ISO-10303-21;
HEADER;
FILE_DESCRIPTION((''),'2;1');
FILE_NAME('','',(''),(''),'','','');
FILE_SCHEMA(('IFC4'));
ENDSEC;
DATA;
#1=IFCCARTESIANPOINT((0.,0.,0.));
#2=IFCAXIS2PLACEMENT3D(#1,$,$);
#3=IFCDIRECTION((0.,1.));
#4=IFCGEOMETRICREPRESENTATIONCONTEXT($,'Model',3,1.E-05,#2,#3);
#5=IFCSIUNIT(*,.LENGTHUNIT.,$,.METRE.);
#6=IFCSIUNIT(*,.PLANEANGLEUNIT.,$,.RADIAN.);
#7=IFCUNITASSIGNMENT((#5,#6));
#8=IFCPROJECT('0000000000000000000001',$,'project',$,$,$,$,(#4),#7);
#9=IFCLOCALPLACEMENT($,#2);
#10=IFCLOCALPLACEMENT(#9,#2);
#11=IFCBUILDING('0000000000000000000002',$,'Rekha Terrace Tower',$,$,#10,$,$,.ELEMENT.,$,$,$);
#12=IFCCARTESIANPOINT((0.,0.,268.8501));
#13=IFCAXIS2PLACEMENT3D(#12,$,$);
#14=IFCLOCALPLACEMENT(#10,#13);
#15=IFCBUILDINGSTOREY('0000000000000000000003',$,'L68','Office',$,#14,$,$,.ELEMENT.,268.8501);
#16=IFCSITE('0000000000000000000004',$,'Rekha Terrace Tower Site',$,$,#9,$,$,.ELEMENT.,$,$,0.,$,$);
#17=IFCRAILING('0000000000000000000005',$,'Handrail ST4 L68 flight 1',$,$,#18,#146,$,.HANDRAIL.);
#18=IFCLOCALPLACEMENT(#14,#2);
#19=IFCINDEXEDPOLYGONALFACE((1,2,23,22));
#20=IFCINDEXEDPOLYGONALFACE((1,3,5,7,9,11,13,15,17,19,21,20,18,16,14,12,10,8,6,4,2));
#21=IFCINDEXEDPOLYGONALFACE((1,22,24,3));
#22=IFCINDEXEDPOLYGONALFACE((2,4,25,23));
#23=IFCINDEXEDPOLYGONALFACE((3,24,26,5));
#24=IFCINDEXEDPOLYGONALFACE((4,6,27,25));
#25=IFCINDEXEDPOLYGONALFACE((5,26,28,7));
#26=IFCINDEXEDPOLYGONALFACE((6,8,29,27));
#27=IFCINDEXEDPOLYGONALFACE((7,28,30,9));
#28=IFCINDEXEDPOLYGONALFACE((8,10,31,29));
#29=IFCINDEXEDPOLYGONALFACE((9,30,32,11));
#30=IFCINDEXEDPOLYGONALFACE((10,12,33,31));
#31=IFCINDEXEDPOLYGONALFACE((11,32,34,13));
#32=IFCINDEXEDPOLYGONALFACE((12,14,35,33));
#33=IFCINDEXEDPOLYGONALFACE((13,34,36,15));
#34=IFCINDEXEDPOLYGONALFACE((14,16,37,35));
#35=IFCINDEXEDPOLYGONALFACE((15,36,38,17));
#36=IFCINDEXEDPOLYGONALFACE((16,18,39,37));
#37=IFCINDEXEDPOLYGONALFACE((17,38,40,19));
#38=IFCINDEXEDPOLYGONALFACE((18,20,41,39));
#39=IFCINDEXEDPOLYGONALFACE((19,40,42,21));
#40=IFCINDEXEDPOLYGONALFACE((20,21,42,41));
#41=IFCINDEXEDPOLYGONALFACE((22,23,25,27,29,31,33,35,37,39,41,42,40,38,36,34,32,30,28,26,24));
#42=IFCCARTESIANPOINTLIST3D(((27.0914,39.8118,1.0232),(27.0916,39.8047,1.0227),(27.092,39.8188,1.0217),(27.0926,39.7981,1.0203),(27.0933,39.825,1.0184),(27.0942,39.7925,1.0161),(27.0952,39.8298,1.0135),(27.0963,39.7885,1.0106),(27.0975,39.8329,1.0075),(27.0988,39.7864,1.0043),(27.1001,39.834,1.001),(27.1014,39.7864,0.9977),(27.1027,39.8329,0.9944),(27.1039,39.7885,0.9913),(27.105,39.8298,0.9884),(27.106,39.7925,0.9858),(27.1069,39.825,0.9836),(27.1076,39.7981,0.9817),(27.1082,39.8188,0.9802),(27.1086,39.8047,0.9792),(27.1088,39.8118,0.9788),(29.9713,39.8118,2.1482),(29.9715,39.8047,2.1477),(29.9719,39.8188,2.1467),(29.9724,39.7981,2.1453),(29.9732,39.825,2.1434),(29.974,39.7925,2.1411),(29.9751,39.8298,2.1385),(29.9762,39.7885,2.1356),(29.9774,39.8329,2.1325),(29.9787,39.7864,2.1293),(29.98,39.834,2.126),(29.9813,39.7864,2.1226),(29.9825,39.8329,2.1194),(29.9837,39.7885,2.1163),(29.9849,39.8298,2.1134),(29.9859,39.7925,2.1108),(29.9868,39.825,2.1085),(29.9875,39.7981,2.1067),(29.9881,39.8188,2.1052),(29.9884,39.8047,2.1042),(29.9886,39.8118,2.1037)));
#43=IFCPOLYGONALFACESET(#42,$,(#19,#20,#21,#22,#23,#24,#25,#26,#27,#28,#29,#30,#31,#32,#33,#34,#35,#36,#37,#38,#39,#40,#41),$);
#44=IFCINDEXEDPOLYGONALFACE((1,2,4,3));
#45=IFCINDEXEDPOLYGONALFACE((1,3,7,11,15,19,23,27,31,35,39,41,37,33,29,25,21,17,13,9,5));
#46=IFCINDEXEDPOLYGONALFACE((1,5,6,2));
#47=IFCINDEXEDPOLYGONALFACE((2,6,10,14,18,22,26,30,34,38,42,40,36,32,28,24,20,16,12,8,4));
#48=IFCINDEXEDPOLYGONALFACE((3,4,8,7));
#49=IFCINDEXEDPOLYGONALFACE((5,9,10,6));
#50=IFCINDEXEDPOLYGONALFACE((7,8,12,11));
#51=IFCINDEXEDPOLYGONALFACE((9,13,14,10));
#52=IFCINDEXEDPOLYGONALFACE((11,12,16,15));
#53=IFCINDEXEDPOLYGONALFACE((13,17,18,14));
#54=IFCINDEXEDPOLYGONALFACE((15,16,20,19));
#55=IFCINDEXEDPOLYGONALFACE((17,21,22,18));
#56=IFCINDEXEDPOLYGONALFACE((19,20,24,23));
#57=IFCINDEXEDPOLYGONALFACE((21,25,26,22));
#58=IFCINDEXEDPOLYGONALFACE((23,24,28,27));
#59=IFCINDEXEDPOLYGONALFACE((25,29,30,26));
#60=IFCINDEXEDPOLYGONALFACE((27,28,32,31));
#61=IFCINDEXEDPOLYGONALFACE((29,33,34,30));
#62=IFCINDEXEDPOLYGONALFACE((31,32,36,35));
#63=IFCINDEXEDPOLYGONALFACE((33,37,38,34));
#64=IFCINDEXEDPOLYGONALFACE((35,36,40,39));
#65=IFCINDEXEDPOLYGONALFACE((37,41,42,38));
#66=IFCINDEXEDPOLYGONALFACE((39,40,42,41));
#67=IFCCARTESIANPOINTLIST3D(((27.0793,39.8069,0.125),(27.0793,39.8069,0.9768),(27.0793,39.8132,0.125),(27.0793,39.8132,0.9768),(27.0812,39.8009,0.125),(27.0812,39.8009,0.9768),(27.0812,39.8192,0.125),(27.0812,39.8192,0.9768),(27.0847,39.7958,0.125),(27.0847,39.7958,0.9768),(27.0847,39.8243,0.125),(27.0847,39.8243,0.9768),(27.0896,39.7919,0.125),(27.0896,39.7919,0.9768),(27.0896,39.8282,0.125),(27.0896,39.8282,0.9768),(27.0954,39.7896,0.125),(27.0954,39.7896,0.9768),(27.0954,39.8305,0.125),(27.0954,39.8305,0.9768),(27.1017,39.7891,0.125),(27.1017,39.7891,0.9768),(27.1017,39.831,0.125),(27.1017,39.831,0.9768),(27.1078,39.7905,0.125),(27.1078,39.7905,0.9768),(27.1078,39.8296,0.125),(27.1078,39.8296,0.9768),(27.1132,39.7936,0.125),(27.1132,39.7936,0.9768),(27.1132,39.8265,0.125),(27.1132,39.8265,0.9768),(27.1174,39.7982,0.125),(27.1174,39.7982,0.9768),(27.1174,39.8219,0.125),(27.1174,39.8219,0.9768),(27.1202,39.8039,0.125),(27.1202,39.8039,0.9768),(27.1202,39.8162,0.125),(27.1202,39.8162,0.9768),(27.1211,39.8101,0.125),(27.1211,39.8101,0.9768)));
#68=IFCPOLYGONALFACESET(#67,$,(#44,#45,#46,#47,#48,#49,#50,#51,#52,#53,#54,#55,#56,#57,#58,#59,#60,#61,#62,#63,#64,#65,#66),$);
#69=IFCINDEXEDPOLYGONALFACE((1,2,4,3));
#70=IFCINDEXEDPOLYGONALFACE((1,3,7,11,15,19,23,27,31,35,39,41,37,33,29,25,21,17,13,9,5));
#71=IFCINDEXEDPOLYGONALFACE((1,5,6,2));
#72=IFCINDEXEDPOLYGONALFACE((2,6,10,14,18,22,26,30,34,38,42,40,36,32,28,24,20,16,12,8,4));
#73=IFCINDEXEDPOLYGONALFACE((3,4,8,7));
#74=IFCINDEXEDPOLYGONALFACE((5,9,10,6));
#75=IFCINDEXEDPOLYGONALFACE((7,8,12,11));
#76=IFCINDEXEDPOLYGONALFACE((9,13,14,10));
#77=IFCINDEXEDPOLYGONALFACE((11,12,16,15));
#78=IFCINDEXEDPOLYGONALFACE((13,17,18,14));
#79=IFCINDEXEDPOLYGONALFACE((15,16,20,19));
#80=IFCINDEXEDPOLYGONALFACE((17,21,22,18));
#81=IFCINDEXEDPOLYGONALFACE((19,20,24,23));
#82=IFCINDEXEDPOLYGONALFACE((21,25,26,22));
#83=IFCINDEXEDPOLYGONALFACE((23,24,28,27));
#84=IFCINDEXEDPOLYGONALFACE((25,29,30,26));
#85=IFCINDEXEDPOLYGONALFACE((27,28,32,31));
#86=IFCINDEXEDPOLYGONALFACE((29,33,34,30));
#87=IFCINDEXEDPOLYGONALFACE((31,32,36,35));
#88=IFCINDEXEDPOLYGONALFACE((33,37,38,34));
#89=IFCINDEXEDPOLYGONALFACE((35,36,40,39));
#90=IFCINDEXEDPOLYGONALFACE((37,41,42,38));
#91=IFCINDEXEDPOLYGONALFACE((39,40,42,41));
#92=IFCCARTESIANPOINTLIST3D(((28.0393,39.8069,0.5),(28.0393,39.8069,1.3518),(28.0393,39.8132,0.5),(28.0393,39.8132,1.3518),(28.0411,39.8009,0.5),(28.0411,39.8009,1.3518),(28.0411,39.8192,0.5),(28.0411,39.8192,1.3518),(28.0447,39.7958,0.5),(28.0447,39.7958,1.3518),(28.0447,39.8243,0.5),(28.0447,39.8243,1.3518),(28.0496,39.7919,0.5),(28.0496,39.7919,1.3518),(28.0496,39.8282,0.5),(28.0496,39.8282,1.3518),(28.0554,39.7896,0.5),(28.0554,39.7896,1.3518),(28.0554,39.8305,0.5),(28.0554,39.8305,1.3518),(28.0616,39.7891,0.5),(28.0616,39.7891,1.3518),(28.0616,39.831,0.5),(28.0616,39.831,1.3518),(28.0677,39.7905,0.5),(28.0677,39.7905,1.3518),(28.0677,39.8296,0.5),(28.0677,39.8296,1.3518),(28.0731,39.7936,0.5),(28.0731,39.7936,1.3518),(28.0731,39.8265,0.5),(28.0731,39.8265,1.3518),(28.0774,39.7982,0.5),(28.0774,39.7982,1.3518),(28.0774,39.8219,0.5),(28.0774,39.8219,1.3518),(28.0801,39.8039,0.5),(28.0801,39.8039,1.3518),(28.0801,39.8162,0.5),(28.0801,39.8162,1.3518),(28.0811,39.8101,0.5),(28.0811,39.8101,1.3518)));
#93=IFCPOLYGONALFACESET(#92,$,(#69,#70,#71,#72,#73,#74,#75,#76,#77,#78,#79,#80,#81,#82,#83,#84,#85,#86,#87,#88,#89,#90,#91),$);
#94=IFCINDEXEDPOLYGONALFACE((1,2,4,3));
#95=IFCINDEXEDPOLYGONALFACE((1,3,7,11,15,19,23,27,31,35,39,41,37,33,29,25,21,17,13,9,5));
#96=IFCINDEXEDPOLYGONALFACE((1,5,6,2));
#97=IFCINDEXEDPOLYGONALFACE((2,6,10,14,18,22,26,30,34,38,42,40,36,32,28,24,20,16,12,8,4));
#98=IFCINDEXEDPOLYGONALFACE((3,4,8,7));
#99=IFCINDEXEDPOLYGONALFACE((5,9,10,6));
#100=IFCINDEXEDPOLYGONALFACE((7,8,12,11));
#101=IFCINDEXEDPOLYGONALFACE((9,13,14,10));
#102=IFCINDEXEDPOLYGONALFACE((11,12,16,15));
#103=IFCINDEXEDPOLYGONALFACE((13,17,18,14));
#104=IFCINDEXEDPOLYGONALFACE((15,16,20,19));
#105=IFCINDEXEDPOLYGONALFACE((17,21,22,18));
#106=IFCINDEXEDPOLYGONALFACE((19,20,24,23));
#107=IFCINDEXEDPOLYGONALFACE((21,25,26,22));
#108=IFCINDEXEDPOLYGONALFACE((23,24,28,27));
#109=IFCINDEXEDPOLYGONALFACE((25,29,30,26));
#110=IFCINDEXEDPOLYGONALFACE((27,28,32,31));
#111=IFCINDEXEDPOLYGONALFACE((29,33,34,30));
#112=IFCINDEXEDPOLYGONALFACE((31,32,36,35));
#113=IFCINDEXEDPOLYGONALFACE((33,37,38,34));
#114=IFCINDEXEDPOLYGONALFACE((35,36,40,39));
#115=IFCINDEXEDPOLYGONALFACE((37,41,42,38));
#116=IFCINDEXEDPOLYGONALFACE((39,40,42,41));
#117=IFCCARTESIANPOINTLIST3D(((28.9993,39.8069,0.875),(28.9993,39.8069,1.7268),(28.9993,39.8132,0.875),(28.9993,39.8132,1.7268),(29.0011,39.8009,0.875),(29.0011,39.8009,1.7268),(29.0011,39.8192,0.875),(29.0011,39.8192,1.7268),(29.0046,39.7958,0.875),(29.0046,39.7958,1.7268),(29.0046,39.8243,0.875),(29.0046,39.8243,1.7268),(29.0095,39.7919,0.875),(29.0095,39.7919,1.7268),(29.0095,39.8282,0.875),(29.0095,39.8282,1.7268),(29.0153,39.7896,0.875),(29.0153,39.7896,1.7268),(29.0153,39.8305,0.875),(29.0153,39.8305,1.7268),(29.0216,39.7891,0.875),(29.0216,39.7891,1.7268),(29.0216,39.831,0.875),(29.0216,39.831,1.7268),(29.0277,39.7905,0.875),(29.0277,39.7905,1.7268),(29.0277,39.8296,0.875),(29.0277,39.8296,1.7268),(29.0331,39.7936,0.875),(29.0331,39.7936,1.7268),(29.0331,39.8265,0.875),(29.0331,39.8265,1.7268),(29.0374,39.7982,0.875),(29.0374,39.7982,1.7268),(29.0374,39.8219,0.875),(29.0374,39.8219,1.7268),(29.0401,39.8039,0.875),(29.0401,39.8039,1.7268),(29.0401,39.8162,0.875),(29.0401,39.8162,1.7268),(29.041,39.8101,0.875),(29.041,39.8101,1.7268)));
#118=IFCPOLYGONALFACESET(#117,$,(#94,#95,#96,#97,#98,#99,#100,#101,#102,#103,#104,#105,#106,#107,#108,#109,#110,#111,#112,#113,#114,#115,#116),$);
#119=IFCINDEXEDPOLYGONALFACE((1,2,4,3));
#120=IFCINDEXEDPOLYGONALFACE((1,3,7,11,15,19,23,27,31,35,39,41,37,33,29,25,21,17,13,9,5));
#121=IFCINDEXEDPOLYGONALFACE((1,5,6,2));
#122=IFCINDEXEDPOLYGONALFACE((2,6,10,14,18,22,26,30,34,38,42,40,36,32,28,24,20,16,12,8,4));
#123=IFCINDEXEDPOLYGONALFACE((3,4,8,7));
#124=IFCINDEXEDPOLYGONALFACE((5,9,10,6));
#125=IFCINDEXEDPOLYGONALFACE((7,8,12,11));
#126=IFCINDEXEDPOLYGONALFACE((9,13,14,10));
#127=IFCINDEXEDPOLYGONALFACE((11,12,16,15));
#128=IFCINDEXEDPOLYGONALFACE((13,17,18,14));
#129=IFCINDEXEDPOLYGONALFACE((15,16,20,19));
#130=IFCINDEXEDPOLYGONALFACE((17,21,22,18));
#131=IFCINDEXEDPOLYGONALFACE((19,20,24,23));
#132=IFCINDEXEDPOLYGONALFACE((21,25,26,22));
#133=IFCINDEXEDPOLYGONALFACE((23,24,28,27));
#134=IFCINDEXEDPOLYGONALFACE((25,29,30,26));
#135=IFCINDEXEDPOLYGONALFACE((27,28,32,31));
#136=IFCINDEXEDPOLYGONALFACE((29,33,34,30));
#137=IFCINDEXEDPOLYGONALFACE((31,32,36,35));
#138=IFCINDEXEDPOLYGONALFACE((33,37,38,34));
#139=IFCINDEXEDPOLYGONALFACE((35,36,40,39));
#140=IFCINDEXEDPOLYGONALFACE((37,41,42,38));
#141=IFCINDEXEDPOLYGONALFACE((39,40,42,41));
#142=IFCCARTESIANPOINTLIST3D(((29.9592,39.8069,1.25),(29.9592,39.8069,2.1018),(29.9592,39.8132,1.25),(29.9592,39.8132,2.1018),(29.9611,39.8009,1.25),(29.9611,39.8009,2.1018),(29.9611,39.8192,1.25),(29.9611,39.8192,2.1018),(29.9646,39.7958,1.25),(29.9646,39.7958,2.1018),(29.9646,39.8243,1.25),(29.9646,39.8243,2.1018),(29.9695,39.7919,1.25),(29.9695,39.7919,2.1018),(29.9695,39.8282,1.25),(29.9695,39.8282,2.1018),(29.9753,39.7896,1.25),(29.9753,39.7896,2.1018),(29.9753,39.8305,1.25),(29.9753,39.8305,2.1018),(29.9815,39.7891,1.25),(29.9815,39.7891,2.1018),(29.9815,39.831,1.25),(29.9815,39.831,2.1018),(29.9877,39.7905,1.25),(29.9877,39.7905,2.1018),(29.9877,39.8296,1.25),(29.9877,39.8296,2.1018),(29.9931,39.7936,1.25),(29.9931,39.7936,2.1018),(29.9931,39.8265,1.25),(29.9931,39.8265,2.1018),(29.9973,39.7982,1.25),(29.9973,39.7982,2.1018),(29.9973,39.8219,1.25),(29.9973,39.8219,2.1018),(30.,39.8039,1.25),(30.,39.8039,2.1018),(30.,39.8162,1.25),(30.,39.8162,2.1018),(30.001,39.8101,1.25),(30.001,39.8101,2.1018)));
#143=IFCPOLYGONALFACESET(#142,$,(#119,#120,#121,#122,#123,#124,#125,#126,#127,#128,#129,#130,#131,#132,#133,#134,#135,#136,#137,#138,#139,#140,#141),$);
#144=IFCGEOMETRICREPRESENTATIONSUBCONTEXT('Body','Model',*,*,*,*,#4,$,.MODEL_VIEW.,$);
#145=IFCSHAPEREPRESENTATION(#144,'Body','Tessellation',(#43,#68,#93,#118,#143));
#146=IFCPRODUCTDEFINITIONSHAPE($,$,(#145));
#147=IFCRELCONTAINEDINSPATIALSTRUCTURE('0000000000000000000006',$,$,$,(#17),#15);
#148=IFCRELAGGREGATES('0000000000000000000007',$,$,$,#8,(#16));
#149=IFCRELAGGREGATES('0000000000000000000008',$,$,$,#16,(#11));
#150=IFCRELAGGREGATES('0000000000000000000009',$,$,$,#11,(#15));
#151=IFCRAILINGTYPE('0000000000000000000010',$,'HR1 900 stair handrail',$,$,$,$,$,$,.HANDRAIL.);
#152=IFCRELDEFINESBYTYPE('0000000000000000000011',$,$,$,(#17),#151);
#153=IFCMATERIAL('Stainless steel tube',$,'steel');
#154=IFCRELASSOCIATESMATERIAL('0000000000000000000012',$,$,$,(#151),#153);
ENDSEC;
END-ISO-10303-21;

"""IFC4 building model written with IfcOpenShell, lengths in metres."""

from ifc_helpers import new_model, si_unit, direction, frame, origin, origin_2d, place, context, subcontext, project, spatial, circle, extrude, material, type_object, element, save


model = new_model("IFC4")

# Units and contexts
model_context = context("Model", 3, precision=1e-05, world=origin(), true_north=direction((0.0, 1.0)))
body_context = subcontext(model_context, "Body", "Model", "MODEL_VIEW")
ifc_project = project(units=[si_unit("LENGTHUNIT", "METRE"), si_unit("PLANEANGLEUNIT", "RADIAN")], contexts=[model_context])

# Site, building, storey
site_placement = place(None, origin())
site = spatial("IfcSite", under=ifc_project, at=site_placement, Name="Rekha Terrace Tower Site", CompositionType="ELEMENT", RefElevation=0.0)
building_placement = place(site_placement, origin())
building = spatial("IfcBuilding", under=site, at=building_placement, Name="Rekha Terrace Tower", CompositionType="ELEMENT")
storey_placement = place(building_placement, frame((0.0, 0.0, 268.8501)))
storey = spatial("IfcBuildingStorey", under=building, at=storey_placement, Name="L68", Description="Office", CompositionType="ELEMENT", Elevation=268.8501)

# Railing
ifc_material_1 = material(Name="Stainless steel tube", Category="steel")
railing_type_1 = type_object("IfcRailingType", Name="HR1 900 stair handrail", PredefinedType="HANDRAIL", material=ifc_material_1)
railing_1_placement = place(storey_placement, frame((27.1001, 39.8101, 0.125)))
element("IfcRailing", 1, at=railing_1_placement, inside=storey, type_object=railing_type_1, Name="Handrail ST4 L68 flight 1", PredefinedType="HANDRAIL", context=body_context, shape_type="SweptSolid", body=[
    extrude(circle(Radius=0.0239, at=origin_2d()), frame((0.0, 0.0, 0.876), z_axis=(0.931452, 0.0, 0.363863), x_axis=(0.0, 1.0, 0.0)), (0.0, 0.0, 1.0), 3.0918),
    extrude(circle(Radius=0.021, at=origin_2d()), origin(), (0.0, 0.0, 1.0), 0.8518),
    extrude(circle(Radius=0.021, at=origin_2d()), frame((0.96, 0.0, 0.375)), (0.0, 0.0, 1.0), 0.8518),
    extrude(circle(Radius=0.021, at=origin_2d()), frame((1.9199, 0.0, 0.75)), (0.0, 0.0, 1.0), 0.8518),
    extrude(circle(Radius=0.021, at=origin_2d()), frame((2.8799, 0.0, 1.125)), (0.0, 0.0, 1.0), 0.8518),
])

save(model, "model.ifc")
